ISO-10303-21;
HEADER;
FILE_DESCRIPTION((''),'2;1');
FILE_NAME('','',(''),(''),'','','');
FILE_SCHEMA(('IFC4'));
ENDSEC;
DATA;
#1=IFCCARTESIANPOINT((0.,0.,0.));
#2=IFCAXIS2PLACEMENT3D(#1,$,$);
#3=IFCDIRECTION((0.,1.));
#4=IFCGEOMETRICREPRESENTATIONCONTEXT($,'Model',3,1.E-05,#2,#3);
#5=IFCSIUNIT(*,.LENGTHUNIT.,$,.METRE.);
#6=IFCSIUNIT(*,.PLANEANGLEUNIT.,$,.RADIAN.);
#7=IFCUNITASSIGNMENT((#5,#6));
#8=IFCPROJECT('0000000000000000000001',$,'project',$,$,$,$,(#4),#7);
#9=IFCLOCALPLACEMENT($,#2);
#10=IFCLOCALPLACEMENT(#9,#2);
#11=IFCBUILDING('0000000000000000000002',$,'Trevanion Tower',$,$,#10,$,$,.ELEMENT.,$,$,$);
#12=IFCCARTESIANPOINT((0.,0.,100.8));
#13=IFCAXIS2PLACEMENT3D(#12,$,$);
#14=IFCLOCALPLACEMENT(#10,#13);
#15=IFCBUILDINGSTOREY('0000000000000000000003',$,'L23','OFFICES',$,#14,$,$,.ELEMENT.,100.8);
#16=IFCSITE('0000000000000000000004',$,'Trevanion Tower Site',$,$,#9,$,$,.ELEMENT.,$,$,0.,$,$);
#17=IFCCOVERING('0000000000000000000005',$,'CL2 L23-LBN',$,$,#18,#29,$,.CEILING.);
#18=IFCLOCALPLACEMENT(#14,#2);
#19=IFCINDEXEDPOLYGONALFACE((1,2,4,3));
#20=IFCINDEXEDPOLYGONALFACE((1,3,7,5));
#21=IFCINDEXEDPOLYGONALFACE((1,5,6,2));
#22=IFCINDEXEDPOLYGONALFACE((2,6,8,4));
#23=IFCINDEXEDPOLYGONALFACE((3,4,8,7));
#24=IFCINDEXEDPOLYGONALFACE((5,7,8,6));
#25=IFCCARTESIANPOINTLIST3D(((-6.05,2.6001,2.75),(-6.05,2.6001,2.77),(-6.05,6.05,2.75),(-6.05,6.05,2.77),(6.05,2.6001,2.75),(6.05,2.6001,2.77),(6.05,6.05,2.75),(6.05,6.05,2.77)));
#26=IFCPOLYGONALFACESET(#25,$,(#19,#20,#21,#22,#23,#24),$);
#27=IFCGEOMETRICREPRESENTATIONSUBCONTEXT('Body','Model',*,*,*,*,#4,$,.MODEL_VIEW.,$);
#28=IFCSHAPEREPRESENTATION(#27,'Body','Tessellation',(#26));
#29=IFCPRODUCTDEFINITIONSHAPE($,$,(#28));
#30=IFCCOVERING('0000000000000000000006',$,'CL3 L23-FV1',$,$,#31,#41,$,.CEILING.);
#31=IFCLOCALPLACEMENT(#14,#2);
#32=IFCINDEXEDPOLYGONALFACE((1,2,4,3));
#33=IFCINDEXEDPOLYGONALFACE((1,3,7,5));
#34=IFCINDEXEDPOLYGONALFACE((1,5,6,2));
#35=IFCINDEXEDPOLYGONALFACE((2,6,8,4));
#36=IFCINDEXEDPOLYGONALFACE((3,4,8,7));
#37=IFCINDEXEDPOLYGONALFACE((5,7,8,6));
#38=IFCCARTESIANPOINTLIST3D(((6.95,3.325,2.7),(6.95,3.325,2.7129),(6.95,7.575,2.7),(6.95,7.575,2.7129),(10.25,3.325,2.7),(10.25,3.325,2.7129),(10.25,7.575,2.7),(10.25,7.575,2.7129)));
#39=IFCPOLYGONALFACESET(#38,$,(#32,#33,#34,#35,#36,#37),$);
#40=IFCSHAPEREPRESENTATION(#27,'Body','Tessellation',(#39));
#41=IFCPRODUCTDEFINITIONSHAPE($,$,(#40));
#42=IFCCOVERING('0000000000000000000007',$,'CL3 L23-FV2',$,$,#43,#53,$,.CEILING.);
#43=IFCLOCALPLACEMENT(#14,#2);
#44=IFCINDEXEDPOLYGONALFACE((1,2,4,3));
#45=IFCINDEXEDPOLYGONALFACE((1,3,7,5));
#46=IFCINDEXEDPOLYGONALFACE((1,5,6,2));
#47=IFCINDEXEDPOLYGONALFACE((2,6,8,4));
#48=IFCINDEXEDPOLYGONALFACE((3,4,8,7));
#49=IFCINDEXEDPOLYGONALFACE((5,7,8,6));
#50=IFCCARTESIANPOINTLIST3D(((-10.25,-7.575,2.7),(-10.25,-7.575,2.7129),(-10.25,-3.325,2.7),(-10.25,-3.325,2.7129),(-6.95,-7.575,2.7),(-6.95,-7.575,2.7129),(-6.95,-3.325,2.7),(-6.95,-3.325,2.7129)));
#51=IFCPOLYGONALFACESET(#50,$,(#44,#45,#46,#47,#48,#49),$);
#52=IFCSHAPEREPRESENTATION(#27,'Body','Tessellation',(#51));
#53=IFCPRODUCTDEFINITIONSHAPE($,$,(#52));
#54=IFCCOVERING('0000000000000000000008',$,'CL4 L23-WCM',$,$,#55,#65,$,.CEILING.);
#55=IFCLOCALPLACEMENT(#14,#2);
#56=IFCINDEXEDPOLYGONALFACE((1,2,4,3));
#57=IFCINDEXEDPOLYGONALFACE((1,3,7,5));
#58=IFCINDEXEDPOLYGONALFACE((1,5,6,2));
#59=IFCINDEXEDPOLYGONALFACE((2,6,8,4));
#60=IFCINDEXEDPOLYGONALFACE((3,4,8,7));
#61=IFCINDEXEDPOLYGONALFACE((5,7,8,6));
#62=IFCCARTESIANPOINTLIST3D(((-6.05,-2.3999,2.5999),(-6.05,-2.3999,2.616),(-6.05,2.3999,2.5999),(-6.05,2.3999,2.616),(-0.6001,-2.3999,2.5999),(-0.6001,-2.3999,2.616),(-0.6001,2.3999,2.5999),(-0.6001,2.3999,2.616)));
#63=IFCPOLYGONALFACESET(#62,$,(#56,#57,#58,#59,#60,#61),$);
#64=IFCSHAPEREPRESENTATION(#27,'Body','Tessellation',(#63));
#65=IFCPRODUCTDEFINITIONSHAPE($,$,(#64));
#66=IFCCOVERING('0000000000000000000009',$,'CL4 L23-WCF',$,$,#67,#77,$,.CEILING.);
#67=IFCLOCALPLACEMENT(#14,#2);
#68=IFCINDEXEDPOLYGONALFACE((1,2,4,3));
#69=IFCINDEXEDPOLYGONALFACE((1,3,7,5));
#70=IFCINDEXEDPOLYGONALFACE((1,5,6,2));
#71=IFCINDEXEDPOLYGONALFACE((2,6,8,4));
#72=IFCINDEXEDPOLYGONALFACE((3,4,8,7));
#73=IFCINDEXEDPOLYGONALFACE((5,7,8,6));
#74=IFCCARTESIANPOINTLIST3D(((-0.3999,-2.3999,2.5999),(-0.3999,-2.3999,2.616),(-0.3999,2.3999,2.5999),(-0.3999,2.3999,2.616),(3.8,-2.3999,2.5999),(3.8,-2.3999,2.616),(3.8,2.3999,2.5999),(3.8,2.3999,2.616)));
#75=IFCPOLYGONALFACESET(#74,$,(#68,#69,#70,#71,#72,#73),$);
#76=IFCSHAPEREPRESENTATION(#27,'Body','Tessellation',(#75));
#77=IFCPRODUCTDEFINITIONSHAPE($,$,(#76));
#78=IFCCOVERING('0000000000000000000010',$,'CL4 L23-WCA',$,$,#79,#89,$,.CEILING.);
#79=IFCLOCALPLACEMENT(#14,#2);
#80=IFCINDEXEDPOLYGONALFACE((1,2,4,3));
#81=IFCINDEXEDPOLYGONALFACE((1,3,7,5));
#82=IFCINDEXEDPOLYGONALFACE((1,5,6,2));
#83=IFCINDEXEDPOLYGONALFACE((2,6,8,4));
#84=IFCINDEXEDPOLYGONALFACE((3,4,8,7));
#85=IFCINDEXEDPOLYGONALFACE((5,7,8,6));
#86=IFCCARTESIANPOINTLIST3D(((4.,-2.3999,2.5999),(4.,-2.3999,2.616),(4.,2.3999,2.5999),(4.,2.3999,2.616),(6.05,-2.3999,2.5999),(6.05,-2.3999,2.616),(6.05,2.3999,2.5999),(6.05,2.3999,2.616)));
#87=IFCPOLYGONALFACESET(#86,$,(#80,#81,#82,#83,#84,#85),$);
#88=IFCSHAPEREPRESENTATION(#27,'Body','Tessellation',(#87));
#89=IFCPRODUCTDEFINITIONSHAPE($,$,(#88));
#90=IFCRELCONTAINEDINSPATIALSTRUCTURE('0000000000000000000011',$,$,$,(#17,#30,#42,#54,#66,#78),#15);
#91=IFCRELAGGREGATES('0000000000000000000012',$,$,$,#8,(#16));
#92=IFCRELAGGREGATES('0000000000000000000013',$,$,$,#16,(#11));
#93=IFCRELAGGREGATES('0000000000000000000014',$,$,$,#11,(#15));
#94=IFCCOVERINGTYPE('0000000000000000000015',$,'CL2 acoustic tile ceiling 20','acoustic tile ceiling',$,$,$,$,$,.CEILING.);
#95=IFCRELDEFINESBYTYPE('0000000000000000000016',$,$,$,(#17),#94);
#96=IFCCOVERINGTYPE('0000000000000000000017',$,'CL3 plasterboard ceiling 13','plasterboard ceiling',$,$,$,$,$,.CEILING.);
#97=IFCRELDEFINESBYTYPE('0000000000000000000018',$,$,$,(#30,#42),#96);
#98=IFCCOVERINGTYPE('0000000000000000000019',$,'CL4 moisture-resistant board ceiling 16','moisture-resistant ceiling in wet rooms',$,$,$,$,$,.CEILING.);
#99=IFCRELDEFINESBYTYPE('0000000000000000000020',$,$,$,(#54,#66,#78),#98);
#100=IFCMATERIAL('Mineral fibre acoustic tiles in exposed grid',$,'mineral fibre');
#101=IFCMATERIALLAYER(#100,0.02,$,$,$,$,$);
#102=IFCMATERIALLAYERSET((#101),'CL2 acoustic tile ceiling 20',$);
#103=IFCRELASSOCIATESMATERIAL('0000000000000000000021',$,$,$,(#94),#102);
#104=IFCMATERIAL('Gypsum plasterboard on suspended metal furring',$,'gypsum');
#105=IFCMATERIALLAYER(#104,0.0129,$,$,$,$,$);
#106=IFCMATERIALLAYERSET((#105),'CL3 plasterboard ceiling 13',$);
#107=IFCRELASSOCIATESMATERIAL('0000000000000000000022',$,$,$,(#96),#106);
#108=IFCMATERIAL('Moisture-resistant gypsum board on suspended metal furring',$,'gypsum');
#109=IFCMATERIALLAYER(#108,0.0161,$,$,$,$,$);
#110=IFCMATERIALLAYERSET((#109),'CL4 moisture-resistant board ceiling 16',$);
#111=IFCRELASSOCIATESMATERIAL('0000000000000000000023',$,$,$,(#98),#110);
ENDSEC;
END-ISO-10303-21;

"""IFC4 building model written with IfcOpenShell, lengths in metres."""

from ifc_helpers import new_model, si_unit, direction, frame, origin, place, context, subcontext, project, spatial, polyline, outline, extrude, material, layer, layer_set, type_object, element, save


model = new_model("IFC4")

# Units and contexts
model_context = context("Model", 3, precision=1e-05, world=origin(), true_north=direction((0.0, 1.0)))
body_context = subcontext(model_context, "Body", "Model", "MODEL_VIEW")
ifc_project = project(units=[si_unit("LENGTHUNIT", "METRE"), si_unit("PLANEANGLEUNIT", "RADIAN")], contexts=[model_context])

# Site, building, storey
site_placement = place(None, origin())
site = spatial("IfcSite", under=ifc_project, at=site_placement, Name="Trevanion Tower Site", CompositionType="ELEMENT", RefElevation=0.0)
building_placement = place(site_placement, origin())
building = spatial("IfcBuilding", under=site, at=building_placement, Name="Trevanion Tower", CompositionType="ELEMENT")
storey_placement = place(building_placement, frame((0.0, 0.0, 100.8)))
storey = spatial("IfcBuildingStorey", under=building, at=storey_placement, Name="L23", Description="OFFICES", CompositionType="ELEMENT", Elevation=100.8)

# Coverings
ifc_material_1 = material(Name="Mineral fibre acoustic tiles in exposed grid", Category="mineral fibre")
ifc_layer_1 = layer(ifc_material_1, 0.02)
ifc_layer_set_1 = layer_set([ifc_layer_1], Name="CL2 acoustic tile ceiling 20")
covering_type_1 = type_object("IfcCoveringType", Name="CL2 acoustic tile ceiling 20", Description="acoustic tile ceiling", PredefinedType="CEILING", material=ifc_layer_set_1)
covering_1_placement = place(storey_placement, frame((0.0, 0.0, 2.75)))
element("IfcCovering", 1, at=covering_1_placement, inside=storey, type_object=covering_type_1, Name="CL2 L23-LBN", PredefinedType="CEILING", context=body_context, shape_type="SweptSolid", body=[
    extrude(outline(polyline([(6.05, 2.6001), (6.05, 6.05), (-6.05, 6.05), (-6.05, 2.6001), (6.05, 2.6001)])), origin(), (0.0, 0.0, 1.0), 0.02),
])
ifc_material_2 = material(Name="Gypsum plasterboard on suspended metal furring", Category="gypsum")
ifc_layer_2 = layer(ifc_material_2, 0.0129)
ifc_layer_set_2 = layer_set([ifc_layer_2], Name="CL3 plasterboard ceiling 13")
covering_type_2 = type_object("IfcCoveringType", Name="CL3 plasterboard ceiling 13", Description="plasterboard ceiling", PredefinedType="CEILING", material=ifc_layer_set_2)
covering_2_placement = place(storey_placement, frame((0.0, 0.0, 2.7)))
element("IfcCovering", 2, at=covering_2_placement, inside=storey, type_object=covering_type_2, Name="CL3 L23-FV1", PredefinedType="CEILING", context=body_context, shape_type="SweptSolid", body=[
    extrude(outline(polyline([(10.25, 3.325), (10.25, 7.575), (6.95, 7.575), (6.95, 3.325), (10.25, 3.325)])), origin(), (0.0, 0.0, 1.0), 0.0129),
])
covering_3_placement = place(storey_placement, frame((0.0, 0.0, 2.7)))
element("IfcCovering", 3, at=covering_3_placement, inside=storey, type_object=covering_type_2, Name="CL3 L23-FV2", PredefinedType="CEILING", context=body_context, shape_type="SweptSolid", body=[
    extrude(outline(polyline([(-10.25, -3.325), (-10.25, -7.575), (-6.95, -7.575), (-6.95, -3.325), (-10.25, -3.325)])), origin(), (0.0, 0.0, 1.0), 0.0129),
])
ifc_material_3 = material(Name="Moisture-resistant gypsum board on suspended metal furring", Category="gypsum")
ifc_layer_3 = layer(ifc_material_3, 0.0161)
ifc_layer_set_3 = layer_set([ifc_layer_3], Name="CL4 moisture-resistant board ceiling 16")
covering_type_3 = type_object("IfcCoveringType", Name="CL4 moisture-resistant board ceiling 16", Description="moisture-resistant ceiling in wet rooms", PredefinedType="CEILING", material=ifc_layer_set_3)
covering_4_placement = place(storey_placement, frame((0.0, 0.0, 2.5999)))
element("IfcCovering", 4, at=covering_4_placement, inside=storey, type_object=covering_type_3, Name="CL4 L23-WCM", PredefinedType="CEILING", context=body_context, shape_type="SweptSolid", body=[
    extrude(outline(polyline([(-0.6001, -2.3999), (-0.6001, 2.3999), (-6.05, 2.3999), (-6.05, -2.3999), (-0.6001, -2.3999)])), origin(), (0.0, 0.0, 1.0), 0.0161),
])
covering_5_placement = place(storey_placement, frame((0.0, 0.0, 2.5999)))
element("IfcCovering", 5, at=covering_5_placement, inside=storey, type_object=covering_type_3, Name="CL4 L23-WCF", PredefinedType="CEILING", context=body_context, shape_type="SweptSolid", body=[
    extrude(outline(polyline([(3.8, -2.3999), (3.8, 2.3999), (-0.3999, 2.3999), (-0.3999, -2.3999), (3.8, -2.3999)])), origin(), (0.0, 0.0, 1.0), 0.0161),
])
covering_6_placement = place(storey_placement, frame((0.0, 0.0, 2.5999)))
element("IfcCovering", 6, at=covering_6_placement, inside=storey, type_object=covering_type_3, Name="CL4 L23-WCA", PredefinedType="CEILING", context=body_context, shape_type="SweptSolid", body=[
    extrude(outline(polyline([(6.05, -2.3999), (6.05, 2.3999), (4.0, 2.3999), (4.0, -2.3999), (6.05, -2.3999)])), origin(), (0.0, 0.0, 1.0), 0.0161),
])

save(model, "model.ifc")
